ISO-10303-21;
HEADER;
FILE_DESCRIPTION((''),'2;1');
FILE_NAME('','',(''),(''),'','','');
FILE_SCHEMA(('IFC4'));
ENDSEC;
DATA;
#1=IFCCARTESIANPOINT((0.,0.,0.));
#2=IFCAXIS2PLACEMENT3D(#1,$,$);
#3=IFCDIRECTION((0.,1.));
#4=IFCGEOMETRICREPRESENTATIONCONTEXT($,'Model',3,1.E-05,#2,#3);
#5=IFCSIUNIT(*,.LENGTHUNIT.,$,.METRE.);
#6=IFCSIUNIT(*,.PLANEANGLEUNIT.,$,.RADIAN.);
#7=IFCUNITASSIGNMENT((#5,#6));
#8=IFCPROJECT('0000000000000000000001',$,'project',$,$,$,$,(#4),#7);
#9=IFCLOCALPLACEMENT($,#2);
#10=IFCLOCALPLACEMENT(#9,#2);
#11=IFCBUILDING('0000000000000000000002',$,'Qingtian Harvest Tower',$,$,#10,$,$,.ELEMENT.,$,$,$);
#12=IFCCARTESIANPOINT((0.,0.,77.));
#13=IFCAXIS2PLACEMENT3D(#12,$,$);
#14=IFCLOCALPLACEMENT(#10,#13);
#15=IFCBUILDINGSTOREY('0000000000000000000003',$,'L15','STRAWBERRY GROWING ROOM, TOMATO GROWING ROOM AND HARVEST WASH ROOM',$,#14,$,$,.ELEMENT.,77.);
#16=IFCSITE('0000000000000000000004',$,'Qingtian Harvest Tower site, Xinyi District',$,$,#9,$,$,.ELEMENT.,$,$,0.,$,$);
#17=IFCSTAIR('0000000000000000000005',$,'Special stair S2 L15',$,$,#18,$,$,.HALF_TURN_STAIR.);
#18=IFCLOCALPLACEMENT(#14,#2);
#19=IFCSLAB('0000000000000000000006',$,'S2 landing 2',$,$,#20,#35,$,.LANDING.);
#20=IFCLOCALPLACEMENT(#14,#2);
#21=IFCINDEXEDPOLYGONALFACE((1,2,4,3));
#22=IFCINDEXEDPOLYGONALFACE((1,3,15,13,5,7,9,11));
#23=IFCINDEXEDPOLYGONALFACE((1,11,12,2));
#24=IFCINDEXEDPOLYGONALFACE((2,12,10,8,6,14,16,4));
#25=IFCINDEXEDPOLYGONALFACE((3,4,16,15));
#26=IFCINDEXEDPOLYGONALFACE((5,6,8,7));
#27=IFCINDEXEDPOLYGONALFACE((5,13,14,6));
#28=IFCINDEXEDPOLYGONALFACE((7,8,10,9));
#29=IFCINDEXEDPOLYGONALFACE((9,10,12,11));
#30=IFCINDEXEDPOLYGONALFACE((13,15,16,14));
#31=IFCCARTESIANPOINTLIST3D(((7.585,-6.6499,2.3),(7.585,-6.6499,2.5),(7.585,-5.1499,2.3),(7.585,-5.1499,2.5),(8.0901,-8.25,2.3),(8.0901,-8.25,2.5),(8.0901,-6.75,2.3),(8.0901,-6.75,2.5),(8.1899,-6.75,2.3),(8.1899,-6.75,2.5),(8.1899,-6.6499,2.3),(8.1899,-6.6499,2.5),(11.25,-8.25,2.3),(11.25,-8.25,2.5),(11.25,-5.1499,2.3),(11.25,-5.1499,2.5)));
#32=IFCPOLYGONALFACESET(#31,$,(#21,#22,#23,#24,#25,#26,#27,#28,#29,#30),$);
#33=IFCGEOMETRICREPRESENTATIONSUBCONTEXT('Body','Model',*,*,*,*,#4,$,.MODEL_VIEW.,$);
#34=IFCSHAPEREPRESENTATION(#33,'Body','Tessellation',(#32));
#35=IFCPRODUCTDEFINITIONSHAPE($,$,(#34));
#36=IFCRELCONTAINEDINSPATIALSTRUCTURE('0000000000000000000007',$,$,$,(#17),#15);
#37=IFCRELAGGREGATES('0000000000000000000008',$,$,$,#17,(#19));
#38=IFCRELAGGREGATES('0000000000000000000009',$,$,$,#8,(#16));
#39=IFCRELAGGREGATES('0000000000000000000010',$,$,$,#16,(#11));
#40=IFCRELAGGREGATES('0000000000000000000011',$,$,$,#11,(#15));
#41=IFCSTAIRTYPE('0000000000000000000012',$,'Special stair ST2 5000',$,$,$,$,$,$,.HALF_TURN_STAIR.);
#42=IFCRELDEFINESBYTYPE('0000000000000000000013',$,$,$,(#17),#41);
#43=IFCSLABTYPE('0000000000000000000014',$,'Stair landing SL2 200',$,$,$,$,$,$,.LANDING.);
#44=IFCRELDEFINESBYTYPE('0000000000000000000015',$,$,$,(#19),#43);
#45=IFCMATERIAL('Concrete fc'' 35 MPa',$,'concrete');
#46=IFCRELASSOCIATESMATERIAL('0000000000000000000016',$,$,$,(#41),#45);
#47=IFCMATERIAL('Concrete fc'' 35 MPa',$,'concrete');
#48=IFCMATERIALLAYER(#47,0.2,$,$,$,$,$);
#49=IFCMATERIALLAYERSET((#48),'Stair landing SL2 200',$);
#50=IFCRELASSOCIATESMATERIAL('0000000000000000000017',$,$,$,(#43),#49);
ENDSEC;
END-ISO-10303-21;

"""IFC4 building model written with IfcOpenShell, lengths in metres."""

from ifc_helpers import new_model, si_unit, direction, frame, origin, place, context, subcontext, project, spatial, polyline, outline, extrude, material, layer, layer_set, type_object, element, aggregate, save


model = new_model("IFC4")

# Units and contexts
model_context = context("Model", 3, precision=1e-05, world=origin(), true_north=direction((0.0, 1.0)))
body_context = subcontext(model_context, "Body", "Model", "MODEL_VIEW")
ifc_project = project(units=[si_unit("LENGTHUNIT", "METRE"), si_unit("PLANEANGLEUNIT", "RADIAN")], contexts=[model_context])

# Site, building, storey
site_placement = place(None, origin())
site = spatial("IfcSite", under=ifc_project, at=site_placement, Name="Qingtian Harvest Tower site, Xinyi District", CompositionType="ELEMENT", RefElevation=0.0)
building_placement = place(site_placement, origin())
building = spatial("IfcBuilding", under=site, at=building_placement, Name="Qingtian Harvest Tower", CompositionType="ELEMENT")
storey_placement = place(building_placement, frame((0.0, 0.0, 77.0)))
storey = spatial("IfcBuildingStorey", under=building, at=storey_placement, Name="L15", Description="STRAWBERRY GROWING ROOM, TOMATO GROWING ROOM AND HARVEST WASH ROOM", CompositionType="ELEMENT", Elevation=77.0)

# Stair, slab
ifc_material_1 = material(Name="Concrete fc' 35 MPa", Category="concrete")
stair_type = type_object("IfcStairType", Name="Special stair ST2 5000", PredefinedType="HALF_TURN_STAIR", material=ifc_material_1)
stair_placement = place(storey_placement, origin())
stair = element("IfcStair", 1, at=stair_placement, inside=storey, type_object=stair_type, Name="Special stair S2 L15", PredefinedType="HALF_TURN_STAIR")
ifc_material_2 = material(Name="Concrete fc' 35 MPa", Category="concrete")
ifc_layer_1 = layer(ifc_material_2, 0.2)
ifc_layer_set_1 = layer_set([ifc_layer_1], Name="Stair landing SL2 200")
slab_type_1 = type_object("IfcSlabType", Name="Stair landing SL2 200", PredefinedType="LANDING", material=ifc_layer_set_1)
slab_1_placement = place(storey_placement, frame((0.0, 0.0, 2.3)))
slab_1 = element("IfcSlab", 2, at=slab_1_placement, type_object=slab_type_1, Name="S2 landing 2", PredefinedType="LANDING", context=body_context, shape_type="SweptSolid", body=[
    extrude(outline(polyline([(8.0901, -8.25), (8.0901, -6.75), (8.1899, -6.75), (8.1899, -6.6499), (7.585, -6.6499), (7.585, -5.1499), (11.25, -5.1499), (11.25, -8.25), (8.0901, -8.25)])), origin(), (0.0, 0.0, 1.0), 0.2),
])
aggregate(stair, [slab_1])

save(model, "model.ifc")
